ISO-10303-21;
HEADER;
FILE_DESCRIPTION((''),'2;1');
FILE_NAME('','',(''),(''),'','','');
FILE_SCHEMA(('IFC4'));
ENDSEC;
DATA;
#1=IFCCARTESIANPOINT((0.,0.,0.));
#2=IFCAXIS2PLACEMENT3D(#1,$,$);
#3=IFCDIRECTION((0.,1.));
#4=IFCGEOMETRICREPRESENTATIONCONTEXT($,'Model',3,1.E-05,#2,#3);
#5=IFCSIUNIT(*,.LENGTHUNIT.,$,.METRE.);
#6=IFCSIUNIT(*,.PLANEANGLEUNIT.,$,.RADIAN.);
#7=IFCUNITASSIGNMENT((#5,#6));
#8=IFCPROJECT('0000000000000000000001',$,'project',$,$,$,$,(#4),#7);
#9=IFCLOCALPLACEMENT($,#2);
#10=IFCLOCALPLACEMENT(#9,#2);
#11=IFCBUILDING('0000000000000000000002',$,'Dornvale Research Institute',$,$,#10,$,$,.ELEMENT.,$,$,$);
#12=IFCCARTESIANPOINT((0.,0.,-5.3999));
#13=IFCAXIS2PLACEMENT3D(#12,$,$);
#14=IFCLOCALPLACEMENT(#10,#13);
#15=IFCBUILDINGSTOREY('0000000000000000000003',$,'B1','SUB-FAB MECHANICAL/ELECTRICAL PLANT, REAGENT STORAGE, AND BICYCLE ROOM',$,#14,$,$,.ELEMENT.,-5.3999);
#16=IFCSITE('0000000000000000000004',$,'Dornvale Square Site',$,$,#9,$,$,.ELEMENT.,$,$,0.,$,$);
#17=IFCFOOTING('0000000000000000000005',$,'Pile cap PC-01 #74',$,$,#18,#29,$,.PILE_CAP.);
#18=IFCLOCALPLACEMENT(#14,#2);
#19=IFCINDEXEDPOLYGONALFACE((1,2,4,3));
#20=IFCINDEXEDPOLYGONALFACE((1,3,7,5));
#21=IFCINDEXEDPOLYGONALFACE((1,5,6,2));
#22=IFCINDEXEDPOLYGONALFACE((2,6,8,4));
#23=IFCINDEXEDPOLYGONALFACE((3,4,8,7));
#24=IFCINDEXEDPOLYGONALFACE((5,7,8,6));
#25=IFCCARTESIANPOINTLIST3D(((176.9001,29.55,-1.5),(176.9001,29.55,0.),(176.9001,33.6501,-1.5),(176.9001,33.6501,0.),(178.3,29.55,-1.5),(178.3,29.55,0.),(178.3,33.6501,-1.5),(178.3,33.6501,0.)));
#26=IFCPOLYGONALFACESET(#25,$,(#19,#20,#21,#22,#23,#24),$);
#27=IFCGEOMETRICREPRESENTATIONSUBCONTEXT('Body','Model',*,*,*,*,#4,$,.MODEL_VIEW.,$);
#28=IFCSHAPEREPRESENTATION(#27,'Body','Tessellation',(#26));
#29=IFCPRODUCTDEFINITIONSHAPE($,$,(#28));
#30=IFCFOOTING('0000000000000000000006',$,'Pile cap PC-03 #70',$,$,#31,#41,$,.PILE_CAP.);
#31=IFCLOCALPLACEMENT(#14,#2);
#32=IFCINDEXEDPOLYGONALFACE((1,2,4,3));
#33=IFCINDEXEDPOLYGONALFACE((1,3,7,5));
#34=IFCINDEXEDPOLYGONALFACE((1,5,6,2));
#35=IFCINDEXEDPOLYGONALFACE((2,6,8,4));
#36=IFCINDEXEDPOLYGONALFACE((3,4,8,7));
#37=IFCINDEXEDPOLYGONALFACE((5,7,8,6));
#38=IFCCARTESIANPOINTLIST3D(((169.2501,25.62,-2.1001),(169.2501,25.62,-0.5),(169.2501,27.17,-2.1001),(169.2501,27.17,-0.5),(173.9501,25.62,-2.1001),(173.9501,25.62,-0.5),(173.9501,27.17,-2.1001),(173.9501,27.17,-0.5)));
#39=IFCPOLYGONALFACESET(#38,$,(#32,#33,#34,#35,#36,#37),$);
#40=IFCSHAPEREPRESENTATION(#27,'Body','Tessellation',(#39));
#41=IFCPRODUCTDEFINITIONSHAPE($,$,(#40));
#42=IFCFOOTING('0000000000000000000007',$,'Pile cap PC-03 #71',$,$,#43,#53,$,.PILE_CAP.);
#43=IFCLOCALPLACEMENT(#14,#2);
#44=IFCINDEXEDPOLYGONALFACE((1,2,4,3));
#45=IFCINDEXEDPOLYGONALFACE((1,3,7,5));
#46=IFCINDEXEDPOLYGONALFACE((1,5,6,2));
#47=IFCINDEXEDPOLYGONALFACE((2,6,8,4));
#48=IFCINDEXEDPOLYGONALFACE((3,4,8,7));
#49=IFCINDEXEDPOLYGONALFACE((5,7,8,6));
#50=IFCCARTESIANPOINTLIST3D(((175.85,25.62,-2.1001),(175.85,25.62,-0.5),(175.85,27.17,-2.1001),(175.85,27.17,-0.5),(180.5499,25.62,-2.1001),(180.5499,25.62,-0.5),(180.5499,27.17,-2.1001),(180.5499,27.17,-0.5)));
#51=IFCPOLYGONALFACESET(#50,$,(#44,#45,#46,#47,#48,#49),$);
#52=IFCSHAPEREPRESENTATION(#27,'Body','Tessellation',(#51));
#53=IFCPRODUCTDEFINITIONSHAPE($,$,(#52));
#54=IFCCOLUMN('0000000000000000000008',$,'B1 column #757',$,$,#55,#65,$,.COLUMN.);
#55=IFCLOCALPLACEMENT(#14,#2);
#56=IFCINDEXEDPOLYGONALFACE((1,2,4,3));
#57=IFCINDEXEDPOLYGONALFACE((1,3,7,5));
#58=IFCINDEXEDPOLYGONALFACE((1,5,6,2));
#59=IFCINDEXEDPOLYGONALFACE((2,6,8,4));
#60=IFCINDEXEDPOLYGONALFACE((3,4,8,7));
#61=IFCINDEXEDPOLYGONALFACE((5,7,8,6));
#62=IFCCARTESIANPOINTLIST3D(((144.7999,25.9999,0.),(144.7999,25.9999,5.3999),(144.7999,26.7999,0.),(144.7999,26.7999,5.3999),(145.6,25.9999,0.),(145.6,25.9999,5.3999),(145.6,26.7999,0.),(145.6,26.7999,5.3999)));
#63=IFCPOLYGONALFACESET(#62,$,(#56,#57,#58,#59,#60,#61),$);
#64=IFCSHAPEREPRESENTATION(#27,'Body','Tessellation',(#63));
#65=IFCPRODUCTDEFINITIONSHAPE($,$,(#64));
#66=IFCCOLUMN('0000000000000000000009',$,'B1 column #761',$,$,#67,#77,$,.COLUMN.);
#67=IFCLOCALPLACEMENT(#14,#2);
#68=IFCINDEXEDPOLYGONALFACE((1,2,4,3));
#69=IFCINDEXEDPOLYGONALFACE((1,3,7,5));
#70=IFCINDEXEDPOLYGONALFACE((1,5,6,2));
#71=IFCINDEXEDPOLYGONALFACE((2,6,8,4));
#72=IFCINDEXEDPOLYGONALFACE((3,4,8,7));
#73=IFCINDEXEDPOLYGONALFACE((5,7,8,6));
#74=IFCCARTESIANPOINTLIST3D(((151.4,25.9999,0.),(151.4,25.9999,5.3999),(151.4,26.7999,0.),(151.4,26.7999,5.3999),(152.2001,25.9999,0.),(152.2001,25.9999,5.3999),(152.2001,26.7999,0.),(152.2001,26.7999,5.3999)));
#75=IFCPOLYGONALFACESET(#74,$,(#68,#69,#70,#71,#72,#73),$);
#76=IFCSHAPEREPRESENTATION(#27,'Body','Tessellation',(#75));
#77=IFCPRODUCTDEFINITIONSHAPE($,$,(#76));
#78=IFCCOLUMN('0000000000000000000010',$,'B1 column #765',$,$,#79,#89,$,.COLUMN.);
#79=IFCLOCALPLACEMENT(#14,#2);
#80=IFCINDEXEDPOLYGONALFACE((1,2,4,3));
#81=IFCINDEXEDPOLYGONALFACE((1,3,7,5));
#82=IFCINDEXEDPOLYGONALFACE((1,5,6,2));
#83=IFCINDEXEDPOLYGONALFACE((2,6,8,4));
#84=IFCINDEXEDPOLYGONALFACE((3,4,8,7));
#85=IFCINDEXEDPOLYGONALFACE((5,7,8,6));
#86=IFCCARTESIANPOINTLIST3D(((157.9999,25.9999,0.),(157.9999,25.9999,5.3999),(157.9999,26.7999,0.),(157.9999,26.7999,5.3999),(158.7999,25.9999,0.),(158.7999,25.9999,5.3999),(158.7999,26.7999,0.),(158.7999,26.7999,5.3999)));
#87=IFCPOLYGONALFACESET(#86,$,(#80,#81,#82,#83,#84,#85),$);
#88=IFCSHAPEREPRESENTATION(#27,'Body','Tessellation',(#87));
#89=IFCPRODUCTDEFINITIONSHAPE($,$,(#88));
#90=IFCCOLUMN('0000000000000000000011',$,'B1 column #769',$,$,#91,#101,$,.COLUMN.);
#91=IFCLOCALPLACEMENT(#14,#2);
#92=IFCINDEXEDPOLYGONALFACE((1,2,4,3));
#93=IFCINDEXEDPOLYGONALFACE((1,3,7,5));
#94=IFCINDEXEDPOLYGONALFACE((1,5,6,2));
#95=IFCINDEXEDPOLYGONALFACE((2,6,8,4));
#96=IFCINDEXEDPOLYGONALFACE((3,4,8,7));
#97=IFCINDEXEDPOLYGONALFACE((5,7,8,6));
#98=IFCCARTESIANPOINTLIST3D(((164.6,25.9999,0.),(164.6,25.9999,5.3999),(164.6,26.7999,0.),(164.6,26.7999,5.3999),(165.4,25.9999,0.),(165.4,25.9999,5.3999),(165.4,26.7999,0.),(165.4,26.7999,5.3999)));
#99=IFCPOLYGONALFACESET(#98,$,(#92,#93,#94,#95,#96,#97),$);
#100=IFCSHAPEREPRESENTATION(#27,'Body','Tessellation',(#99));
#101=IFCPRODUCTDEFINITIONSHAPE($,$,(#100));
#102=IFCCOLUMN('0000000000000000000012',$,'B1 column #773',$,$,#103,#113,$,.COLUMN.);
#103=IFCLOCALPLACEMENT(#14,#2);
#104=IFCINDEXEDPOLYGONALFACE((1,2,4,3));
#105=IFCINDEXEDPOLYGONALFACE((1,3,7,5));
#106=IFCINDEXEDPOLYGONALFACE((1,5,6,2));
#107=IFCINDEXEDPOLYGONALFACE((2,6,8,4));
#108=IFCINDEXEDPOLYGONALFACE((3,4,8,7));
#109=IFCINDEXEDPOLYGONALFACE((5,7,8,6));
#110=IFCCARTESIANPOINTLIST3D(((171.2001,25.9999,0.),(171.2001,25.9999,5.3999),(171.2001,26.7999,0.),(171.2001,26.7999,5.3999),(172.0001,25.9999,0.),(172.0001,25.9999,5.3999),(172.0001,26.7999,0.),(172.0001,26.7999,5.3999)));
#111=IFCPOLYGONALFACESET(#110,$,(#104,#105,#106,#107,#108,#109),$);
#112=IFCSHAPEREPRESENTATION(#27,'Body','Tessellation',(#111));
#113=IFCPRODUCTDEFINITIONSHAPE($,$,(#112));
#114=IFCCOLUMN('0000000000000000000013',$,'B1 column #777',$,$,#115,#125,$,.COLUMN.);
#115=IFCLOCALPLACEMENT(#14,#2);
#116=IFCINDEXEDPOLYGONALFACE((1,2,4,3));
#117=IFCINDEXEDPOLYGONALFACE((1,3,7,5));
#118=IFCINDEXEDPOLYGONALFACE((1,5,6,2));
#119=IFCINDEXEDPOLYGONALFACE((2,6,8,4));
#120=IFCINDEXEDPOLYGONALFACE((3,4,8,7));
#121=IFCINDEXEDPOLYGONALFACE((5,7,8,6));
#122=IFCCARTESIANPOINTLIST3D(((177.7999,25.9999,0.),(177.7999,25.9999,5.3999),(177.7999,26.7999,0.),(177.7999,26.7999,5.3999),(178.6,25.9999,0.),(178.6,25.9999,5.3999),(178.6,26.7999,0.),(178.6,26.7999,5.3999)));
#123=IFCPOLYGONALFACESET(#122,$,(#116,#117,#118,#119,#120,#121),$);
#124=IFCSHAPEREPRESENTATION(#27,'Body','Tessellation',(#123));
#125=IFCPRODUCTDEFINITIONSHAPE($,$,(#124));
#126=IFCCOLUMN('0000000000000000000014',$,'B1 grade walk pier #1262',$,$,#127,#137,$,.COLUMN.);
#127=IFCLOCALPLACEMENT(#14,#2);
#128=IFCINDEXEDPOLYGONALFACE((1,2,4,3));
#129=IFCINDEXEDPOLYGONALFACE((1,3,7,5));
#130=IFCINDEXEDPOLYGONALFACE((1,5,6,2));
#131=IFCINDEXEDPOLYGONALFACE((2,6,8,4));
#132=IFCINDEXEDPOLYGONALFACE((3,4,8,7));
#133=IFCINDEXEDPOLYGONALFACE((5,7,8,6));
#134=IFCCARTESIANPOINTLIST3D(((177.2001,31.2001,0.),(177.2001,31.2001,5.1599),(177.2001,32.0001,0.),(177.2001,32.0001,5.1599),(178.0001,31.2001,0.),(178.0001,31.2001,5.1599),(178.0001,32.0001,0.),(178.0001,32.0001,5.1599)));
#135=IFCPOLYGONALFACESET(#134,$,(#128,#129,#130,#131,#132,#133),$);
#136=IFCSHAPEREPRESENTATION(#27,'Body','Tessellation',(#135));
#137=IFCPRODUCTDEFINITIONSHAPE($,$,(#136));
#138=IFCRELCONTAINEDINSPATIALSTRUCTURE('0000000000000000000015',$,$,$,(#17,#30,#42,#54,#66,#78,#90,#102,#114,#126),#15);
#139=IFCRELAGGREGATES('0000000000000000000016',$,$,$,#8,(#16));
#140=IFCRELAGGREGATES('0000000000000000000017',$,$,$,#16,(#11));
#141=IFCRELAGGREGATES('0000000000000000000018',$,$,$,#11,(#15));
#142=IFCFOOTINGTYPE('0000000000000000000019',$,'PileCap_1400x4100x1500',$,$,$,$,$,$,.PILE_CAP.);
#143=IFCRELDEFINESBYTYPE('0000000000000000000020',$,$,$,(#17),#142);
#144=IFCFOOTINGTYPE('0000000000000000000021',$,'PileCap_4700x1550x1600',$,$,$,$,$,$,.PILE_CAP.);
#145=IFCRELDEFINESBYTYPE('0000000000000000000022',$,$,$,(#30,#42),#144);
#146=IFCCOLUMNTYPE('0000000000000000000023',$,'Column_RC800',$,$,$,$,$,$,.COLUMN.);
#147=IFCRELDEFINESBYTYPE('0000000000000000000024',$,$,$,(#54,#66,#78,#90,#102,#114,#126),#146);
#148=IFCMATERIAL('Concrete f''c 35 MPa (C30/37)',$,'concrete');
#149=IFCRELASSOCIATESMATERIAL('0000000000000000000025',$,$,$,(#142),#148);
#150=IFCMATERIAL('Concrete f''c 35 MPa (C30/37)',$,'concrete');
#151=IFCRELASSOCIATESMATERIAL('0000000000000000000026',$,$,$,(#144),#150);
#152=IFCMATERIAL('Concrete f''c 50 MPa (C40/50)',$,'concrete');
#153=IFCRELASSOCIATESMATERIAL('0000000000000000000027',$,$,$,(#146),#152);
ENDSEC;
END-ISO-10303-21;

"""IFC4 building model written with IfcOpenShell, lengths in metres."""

from ifc_helpers import new_model, si_unit, direction, frame, origin, origin_2d, place, context, subcontext, project, spatial, rectangle, extrude, material, material_profile, profile_set, type_object, element, save


model = new_model("IFC4")

# Units and contexts
model_context = context("Model", 3, precision=1e-05, world=origin(), true_north=direction((0.0, 1.0)))
body_context = subcontext(model_context, "Body", "Model", "MODEL_VIEW")
ifc_project = project(units=[si_unit("LENGTHUNIT", "METRE"), si_unit("PLANEANGLEUNIT", "RADIAN")], contexts=[model_context])

# Site, building, storey
site_placement = place(None, origin())
site = spatial("IfcSite", under=ifc_project, at=site_placement, Name="Dornvale Square Site", CompositionType="ELEMENT", RefElevation=0.0)
building_placement = place(site_placement, origin())
building = spatial("IfcBuilding", under=site, at=building_placement, Name="Dornvale Research Institute", CompositionType="ELEMENT")
storey_placement = place(building_placement, frame((0.0, 0.0, -5.3999)))
storey = spatial("IfcBuildingStorey", under=building, at=storey_placement, Name="B1", Description="SUB-FAB MECHANICAL/ELECTRICAL PLANT, REAGENT STORAGE, AND BICYCLE ROOM", CompositionType="ELEMENT", Elevation=-5.3999)

# Footings
ifc_material_1 = material(Name="Concrete f'c 35 MPa (C30/37)", Category="concrete")
footing_type_1 = type_object("IfcFootingType", Name="PileCap_1400x4100x1500", PredefinedType="PILE_CAP", material=ifc_material_1)
footing_placement = place(storey_placement, frame((177.6001, 31.6001, -1.5), z_axis=(0.0, 0.0, 1.0), x_axis=(1.0, 0.0, 0.0)))
element("IfcFooting", 1, at=footing_placement, inside=storey, type_object=footing_type_1, Name="Pile cap PC-01 #74", PredefinedType="PILE_CAP", context=body_context, shape_type="SweptSolid", body=[
    extrude(rectangle(XDim=1.3999, YDim=4.1001, at=origin_2d()), origin(), (0.0, 0.0, 1.0), 1.5),
])
ifc_material_2 = material(Name="Concrete f'c 35 MPa (C30/37)", Category="concrete")
footing_type_2 = type_object("IfcFootingType", Name="PileCap_4700x1550x1600", PredefinedType="PILE_CAP", material=ifc_material_2)
for number, where, z_axis, x_axis, name in (
    (2, (171.6001, 26.395, -2.1001), (0.0, 0.0, 1.0), (1.0, 0.0, 0.0), "Pile cap PC-03 #70"),
    (3, (178.2, 26.395, -2.1001), (0.0, 0.0, 1.0), (1.0, 0.0, 0.0), "Pile cap PC-03 #71"),
):
    element("IfcFooting", number, at=place(storey_placement, frame(where, z_axis=z_axis, x_axis=x_axis)), inside=storey, type_object=footing_type_2, Name=name, PredefinedType="PILE_CAP", context=body_context, shape_type="SweptSolid", body=[
        extrude(rectangle(XDim=4.7, YDim=1.55, at=origin_2d()), origin(), (0.0, 0.0, 1.0), 1.6001),
    ])

# Columns
ifc_material_3 = material(Name="Concrete f'c 50 MPa (C40/50)", Category="concrete")
ifc_material_profile_1 = material_profile(ifc_material_3, rectangle(XDim=0.8, YDim=0.8, at=origin_2d()), Name="RC 800x800")
ifc_profile_set_1 = profile_set([ifc_material_profile_1], Name="Concrete f'c 50 MPa (C40/50)")
column_type = type_object("IfcColumnType", Name="Column_RC800", PredefinedType="COLUMN", material=ifc_profile_set_1)
for number, where, z_axis, x_axis, name in (
    (4, (145.2, 26.3999, 0.0), (0.0, 0.0, 1.0), (1.0, 0.0, 0.0), "B1 column #757"),
    (5, (151.8, 26.3999, 0.0), (0.0, 0.0, 1.0), (1.0, 0.0, 0.0), "B1 column #761"),
    (6, (158.3999, 26.3999, 0.0), (0.0, 0.0, 1.0), (1.0, 0.0, 0.0), "B1 column #765"),
    (7, (165.0, 26.3999, 0.0), (0.0, 0.0, 1.0), (1.0, 0.0, 0.0), "B1 column #769"),
    (8, (171.6001, 26.3999, 0.0), (0.0, 0.0, 1.0), (1.0, 0.0, 0.0), "B1 column #773"),
    (9, (178.2, 26.3999, 0.0), (0.0, 0.0, 1.0), (1.0, 0.0, 0.0), "B1 column #777"),
):
    element("IfcColumn", number, at=place(storey_placement, frame(where, z_axis=z_axis, x_axis=x_axis)), inside=storey, type_object=column_type, Name=name, PredefinedType="COLUMN", context=body_context, shape_type="SweptSolid", body=[
        extrude(rectangle(XDim=0.8, YDim=0.8, at=origin_2d()), origin(), (0.0, 0.0, 1.0), 5.3999),
    ])
column_placement = place(storey_placement, frame((177.6001, 31.6001, 0.0), z_axis=(0.0, 0.0, 1.0), x_axis=(1.0, 0.0, 0.0)))
element("IfcColumn", 10, at=column_placement, inside=storey, type_object=column_type, Name="B1 grade walk pier #1262", PredefinedType="COLUMN", context=body_context, shape_type="SweptSolid", body=[
    extrude(rectangle(XDim=0.8, YDim=0.8, at=origin_2d()), origin(), (0.0, 0.0, 1.0), 5.1599),
])

save(model, "model.ifc")
